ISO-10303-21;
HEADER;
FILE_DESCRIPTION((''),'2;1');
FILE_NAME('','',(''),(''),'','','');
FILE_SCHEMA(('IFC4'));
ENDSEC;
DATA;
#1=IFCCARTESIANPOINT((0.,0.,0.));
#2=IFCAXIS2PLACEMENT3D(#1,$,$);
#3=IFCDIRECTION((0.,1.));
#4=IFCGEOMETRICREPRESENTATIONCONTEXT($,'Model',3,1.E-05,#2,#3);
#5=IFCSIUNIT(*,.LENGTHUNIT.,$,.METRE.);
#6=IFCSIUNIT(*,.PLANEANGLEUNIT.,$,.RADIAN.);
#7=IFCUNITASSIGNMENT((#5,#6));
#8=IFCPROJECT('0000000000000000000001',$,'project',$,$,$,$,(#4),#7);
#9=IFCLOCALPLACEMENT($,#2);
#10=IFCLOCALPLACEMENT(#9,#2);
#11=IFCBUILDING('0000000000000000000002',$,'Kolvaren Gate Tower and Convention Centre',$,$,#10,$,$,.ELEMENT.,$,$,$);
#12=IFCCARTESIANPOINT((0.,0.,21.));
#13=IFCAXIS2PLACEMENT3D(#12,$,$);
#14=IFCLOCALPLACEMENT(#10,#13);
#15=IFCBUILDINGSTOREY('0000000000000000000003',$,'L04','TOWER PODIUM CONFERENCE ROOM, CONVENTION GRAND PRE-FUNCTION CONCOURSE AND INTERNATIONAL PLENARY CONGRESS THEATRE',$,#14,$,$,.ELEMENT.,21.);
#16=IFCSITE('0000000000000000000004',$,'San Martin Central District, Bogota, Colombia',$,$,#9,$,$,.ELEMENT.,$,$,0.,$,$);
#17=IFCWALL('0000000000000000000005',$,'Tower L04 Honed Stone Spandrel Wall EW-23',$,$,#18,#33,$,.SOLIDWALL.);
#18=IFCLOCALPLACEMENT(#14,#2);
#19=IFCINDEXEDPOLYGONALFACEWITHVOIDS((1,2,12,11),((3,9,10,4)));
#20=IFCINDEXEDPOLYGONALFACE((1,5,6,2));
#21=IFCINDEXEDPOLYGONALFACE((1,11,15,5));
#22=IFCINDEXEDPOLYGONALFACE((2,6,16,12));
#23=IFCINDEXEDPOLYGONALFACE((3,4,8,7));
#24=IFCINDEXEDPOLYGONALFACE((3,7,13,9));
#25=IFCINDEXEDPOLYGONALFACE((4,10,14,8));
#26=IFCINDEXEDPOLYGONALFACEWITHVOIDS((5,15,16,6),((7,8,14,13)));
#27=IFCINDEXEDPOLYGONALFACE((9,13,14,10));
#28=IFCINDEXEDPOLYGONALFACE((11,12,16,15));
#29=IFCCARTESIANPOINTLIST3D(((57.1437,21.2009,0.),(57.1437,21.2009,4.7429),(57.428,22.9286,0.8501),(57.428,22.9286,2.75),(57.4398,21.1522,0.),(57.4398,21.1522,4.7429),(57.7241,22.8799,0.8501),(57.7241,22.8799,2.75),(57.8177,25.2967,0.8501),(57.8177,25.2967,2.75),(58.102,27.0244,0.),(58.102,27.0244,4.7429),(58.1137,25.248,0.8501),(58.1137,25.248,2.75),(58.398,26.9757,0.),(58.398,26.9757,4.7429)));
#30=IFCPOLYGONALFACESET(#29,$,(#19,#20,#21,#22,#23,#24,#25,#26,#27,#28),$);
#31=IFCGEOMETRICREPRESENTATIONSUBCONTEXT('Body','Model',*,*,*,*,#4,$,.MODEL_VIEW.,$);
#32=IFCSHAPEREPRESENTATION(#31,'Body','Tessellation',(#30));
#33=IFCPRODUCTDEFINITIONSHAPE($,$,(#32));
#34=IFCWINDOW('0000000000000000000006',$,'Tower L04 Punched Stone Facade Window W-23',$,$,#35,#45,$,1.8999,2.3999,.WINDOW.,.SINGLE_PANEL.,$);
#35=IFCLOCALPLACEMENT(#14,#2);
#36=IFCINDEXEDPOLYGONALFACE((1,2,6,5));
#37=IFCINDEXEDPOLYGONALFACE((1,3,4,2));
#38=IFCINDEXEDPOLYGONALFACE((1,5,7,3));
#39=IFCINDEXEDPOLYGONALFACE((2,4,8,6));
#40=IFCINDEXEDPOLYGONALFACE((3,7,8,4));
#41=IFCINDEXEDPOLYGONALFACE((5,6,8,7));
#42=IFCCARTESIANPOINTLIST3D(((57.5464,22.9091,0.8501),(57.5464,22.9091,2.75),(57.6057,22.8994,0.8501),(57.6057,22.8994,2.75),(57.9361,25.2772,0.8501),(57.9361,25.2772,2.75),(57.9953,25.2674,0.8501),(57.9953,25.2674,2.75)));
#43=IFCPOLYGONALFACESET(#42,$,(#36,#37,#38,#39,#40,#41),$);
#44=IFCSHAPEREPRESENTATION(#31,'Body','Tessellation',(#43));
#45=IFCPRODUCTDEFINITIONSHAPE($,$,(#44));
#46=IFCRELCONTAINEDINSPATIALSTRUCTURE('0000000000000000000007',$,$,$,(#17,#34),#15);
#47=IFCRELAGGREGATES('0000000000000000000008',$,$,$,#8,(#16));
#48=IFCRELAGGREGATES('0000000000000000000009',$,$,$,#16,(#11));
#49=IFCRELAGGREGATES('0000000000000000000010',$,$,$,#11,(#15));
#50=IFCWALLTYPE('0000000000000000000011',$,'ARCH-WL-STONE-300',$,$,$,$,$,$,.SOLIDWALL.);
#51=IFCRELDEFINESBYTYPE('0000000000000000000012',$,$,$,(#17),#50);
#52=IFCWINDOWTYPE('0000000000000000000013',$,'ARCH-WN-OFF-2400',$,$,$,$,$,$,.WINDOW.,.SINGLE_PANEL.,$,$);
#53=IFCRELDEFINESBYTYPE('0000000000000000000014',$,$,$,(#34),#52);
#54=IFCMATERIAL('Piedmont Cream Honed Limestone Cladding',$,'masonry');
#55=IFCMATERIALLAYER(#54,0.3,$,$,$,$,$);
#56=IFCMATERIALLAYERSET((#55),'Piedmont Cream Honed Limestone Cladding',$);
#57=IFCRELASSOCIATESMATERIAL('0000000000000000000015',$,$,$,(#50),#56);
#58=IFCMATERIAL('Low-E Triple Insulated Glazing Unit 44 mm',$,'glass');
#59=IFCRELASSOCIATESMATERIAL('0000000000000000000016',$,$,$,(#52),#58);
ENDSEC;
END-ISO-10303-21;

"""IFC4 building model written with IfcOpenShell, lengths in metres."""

from ifc_helpers import new_model, si_unit, direction, frame, frame_2d, origin, place, context, subcontext, project, spatial, rectangle, extrude, material, layer, layer_set, type_object, element, fill, save


model = new_model("IFC4")

# Units and contexts
model_context = context("Model", 3, precision=1e-05, world=origin(), true_north=direction((0.0, 1.0)))
body_context = subcontext(model_context, "Body", "Model", "MODEL_VIEW")
ifc_project = project(units=[si_unit("LENGTHUNIT", "METRE"), si_unit("PLANEANGLEUNIT", "RADIAN")], contexts=[model_context])

# Site, building, storey
site_placement = place(None, origin())
site = spatial("IfcSite", under=ifc_project, at=site_placement, Name="San Martin Central District, Bogota, Colombia", CompositionType="ELEMENT", RefElevation=0.0)
building_placement = place(site_placement, origin())
building = spatial("IfcBuilding", under=site, at=building_placement, Name="Kolvaren Gate Tower and Convention Centre", CompositionType="ELEMENT")
storey_placement = place(building_placement, frame((0.0, 0.0, 21.0)))
storey = spatial("IfcBuildingStorey", under=building, at=storey_placement, Name="L04", Description="TOWER PODIUM CONFERENCE ROOM, CONVENTION GRAND PRE-FUNCTION CONCOURSE AND INTERNATIONAL PLENARY CONGRESS THEATRE", CompositionType="ELEMENT", Elevation=21.0)

# Shared definitions
ifc_material_1 = material(Name="Low-E Triple Insulated Glazing Unit 44 mm", Category="glass")

# Wall, opening, window
ifc_material_2 = material(Name="Piedmont Cream Honed Limestone Cladding", Category="masonry")
ifc_layer_1 = layer(ifc_material_2, 0.3)
ifc_layer_set_1 = layer_set([ifc_layer_1], Name="Piedmont Cream Honed Limestone Cladding")
wall_type_1 = type_object("IfcWallType", Name="ARCH-WL-STONE-300", PredefinedType="SOLIDWALL", material=ifc_layer_set_1)
window_type = type_object("IfcWindowType", Name="ARCH-WN-OFF-2400", PartitioningType="SINGLE_PANEL", PredefinedType="WINDOW", material=ifc_material_1)
wall_1_placement = place(storey_placement, frame((57.2917, 21.1765, 0.0), z_axis=(0.0, 0.0, 1.0), x_axis=(0.162366, 0.986731, 0.0)))
wall_1 = element("IfcWall", 1, at=wall_1_placement, inside=storey, type_object=wall_type_1, Name="Tower L04 Honed Stone Spandrel Wall EW-23", PredefinedType="SOLIDWALL", context=body_context, shape_type="SweptSolid", body=[
    extrude(rectangle(XDim=5.9019, YDim=0.3, at=frame_2d((2.9509, 0.0))), origin(), (0.0, 0.0, 1.0), 4.7429),
])
opening_1_placement = place(wall_1_placement, frame((1.751, 0.0, 0.8501)))
opening_1 = element("IfcOpeningElement", 2, at=opening_1_placement, cuts=wall_1, PredefinedType="OPENING", context=body_context, shape_type="SweptSolid", body=[
    extrude(rectangle(XDim=2.3999, YDim=1.8999, at=frame_2d((1.2, 0.95))), frame((0.0, 0.1599, 0.0), z_axis=(0.0, -1.0, 0.0), x_axis=(1.0, 0.0, 0.0)), (0.0, 0.0, 1.0), 0.3201),
])
window_1_placement = place(opening_1_placement, origin())
window_1 = element("IfcWindow", 3, at=window_1_placement, inside=storey, type_object=window_type, Name="Tower L04 Punched Stone Facade Window W-23", OverallHeight=1.8999, OverallWidth=2.3999, PartitioningType="SINGLE_PANEL", PredefinedType="WINDOW", context=body_context, shape_type="SweptSolid", body=[
    extrude(rectangle(XDim=2.3999, YDim=1.8999, at=frame_2d((1.2, 0.95))), frame((0.0, 0.03, 0.0), z_axis=(0.0, -1.0, 0.0), x_axis=(1.0, 0.0, 0.0)), (0.0, 0.0, 1.0), 0.0601),
])
fill(opening_1, window_1)

save(model, "model.ifc")
